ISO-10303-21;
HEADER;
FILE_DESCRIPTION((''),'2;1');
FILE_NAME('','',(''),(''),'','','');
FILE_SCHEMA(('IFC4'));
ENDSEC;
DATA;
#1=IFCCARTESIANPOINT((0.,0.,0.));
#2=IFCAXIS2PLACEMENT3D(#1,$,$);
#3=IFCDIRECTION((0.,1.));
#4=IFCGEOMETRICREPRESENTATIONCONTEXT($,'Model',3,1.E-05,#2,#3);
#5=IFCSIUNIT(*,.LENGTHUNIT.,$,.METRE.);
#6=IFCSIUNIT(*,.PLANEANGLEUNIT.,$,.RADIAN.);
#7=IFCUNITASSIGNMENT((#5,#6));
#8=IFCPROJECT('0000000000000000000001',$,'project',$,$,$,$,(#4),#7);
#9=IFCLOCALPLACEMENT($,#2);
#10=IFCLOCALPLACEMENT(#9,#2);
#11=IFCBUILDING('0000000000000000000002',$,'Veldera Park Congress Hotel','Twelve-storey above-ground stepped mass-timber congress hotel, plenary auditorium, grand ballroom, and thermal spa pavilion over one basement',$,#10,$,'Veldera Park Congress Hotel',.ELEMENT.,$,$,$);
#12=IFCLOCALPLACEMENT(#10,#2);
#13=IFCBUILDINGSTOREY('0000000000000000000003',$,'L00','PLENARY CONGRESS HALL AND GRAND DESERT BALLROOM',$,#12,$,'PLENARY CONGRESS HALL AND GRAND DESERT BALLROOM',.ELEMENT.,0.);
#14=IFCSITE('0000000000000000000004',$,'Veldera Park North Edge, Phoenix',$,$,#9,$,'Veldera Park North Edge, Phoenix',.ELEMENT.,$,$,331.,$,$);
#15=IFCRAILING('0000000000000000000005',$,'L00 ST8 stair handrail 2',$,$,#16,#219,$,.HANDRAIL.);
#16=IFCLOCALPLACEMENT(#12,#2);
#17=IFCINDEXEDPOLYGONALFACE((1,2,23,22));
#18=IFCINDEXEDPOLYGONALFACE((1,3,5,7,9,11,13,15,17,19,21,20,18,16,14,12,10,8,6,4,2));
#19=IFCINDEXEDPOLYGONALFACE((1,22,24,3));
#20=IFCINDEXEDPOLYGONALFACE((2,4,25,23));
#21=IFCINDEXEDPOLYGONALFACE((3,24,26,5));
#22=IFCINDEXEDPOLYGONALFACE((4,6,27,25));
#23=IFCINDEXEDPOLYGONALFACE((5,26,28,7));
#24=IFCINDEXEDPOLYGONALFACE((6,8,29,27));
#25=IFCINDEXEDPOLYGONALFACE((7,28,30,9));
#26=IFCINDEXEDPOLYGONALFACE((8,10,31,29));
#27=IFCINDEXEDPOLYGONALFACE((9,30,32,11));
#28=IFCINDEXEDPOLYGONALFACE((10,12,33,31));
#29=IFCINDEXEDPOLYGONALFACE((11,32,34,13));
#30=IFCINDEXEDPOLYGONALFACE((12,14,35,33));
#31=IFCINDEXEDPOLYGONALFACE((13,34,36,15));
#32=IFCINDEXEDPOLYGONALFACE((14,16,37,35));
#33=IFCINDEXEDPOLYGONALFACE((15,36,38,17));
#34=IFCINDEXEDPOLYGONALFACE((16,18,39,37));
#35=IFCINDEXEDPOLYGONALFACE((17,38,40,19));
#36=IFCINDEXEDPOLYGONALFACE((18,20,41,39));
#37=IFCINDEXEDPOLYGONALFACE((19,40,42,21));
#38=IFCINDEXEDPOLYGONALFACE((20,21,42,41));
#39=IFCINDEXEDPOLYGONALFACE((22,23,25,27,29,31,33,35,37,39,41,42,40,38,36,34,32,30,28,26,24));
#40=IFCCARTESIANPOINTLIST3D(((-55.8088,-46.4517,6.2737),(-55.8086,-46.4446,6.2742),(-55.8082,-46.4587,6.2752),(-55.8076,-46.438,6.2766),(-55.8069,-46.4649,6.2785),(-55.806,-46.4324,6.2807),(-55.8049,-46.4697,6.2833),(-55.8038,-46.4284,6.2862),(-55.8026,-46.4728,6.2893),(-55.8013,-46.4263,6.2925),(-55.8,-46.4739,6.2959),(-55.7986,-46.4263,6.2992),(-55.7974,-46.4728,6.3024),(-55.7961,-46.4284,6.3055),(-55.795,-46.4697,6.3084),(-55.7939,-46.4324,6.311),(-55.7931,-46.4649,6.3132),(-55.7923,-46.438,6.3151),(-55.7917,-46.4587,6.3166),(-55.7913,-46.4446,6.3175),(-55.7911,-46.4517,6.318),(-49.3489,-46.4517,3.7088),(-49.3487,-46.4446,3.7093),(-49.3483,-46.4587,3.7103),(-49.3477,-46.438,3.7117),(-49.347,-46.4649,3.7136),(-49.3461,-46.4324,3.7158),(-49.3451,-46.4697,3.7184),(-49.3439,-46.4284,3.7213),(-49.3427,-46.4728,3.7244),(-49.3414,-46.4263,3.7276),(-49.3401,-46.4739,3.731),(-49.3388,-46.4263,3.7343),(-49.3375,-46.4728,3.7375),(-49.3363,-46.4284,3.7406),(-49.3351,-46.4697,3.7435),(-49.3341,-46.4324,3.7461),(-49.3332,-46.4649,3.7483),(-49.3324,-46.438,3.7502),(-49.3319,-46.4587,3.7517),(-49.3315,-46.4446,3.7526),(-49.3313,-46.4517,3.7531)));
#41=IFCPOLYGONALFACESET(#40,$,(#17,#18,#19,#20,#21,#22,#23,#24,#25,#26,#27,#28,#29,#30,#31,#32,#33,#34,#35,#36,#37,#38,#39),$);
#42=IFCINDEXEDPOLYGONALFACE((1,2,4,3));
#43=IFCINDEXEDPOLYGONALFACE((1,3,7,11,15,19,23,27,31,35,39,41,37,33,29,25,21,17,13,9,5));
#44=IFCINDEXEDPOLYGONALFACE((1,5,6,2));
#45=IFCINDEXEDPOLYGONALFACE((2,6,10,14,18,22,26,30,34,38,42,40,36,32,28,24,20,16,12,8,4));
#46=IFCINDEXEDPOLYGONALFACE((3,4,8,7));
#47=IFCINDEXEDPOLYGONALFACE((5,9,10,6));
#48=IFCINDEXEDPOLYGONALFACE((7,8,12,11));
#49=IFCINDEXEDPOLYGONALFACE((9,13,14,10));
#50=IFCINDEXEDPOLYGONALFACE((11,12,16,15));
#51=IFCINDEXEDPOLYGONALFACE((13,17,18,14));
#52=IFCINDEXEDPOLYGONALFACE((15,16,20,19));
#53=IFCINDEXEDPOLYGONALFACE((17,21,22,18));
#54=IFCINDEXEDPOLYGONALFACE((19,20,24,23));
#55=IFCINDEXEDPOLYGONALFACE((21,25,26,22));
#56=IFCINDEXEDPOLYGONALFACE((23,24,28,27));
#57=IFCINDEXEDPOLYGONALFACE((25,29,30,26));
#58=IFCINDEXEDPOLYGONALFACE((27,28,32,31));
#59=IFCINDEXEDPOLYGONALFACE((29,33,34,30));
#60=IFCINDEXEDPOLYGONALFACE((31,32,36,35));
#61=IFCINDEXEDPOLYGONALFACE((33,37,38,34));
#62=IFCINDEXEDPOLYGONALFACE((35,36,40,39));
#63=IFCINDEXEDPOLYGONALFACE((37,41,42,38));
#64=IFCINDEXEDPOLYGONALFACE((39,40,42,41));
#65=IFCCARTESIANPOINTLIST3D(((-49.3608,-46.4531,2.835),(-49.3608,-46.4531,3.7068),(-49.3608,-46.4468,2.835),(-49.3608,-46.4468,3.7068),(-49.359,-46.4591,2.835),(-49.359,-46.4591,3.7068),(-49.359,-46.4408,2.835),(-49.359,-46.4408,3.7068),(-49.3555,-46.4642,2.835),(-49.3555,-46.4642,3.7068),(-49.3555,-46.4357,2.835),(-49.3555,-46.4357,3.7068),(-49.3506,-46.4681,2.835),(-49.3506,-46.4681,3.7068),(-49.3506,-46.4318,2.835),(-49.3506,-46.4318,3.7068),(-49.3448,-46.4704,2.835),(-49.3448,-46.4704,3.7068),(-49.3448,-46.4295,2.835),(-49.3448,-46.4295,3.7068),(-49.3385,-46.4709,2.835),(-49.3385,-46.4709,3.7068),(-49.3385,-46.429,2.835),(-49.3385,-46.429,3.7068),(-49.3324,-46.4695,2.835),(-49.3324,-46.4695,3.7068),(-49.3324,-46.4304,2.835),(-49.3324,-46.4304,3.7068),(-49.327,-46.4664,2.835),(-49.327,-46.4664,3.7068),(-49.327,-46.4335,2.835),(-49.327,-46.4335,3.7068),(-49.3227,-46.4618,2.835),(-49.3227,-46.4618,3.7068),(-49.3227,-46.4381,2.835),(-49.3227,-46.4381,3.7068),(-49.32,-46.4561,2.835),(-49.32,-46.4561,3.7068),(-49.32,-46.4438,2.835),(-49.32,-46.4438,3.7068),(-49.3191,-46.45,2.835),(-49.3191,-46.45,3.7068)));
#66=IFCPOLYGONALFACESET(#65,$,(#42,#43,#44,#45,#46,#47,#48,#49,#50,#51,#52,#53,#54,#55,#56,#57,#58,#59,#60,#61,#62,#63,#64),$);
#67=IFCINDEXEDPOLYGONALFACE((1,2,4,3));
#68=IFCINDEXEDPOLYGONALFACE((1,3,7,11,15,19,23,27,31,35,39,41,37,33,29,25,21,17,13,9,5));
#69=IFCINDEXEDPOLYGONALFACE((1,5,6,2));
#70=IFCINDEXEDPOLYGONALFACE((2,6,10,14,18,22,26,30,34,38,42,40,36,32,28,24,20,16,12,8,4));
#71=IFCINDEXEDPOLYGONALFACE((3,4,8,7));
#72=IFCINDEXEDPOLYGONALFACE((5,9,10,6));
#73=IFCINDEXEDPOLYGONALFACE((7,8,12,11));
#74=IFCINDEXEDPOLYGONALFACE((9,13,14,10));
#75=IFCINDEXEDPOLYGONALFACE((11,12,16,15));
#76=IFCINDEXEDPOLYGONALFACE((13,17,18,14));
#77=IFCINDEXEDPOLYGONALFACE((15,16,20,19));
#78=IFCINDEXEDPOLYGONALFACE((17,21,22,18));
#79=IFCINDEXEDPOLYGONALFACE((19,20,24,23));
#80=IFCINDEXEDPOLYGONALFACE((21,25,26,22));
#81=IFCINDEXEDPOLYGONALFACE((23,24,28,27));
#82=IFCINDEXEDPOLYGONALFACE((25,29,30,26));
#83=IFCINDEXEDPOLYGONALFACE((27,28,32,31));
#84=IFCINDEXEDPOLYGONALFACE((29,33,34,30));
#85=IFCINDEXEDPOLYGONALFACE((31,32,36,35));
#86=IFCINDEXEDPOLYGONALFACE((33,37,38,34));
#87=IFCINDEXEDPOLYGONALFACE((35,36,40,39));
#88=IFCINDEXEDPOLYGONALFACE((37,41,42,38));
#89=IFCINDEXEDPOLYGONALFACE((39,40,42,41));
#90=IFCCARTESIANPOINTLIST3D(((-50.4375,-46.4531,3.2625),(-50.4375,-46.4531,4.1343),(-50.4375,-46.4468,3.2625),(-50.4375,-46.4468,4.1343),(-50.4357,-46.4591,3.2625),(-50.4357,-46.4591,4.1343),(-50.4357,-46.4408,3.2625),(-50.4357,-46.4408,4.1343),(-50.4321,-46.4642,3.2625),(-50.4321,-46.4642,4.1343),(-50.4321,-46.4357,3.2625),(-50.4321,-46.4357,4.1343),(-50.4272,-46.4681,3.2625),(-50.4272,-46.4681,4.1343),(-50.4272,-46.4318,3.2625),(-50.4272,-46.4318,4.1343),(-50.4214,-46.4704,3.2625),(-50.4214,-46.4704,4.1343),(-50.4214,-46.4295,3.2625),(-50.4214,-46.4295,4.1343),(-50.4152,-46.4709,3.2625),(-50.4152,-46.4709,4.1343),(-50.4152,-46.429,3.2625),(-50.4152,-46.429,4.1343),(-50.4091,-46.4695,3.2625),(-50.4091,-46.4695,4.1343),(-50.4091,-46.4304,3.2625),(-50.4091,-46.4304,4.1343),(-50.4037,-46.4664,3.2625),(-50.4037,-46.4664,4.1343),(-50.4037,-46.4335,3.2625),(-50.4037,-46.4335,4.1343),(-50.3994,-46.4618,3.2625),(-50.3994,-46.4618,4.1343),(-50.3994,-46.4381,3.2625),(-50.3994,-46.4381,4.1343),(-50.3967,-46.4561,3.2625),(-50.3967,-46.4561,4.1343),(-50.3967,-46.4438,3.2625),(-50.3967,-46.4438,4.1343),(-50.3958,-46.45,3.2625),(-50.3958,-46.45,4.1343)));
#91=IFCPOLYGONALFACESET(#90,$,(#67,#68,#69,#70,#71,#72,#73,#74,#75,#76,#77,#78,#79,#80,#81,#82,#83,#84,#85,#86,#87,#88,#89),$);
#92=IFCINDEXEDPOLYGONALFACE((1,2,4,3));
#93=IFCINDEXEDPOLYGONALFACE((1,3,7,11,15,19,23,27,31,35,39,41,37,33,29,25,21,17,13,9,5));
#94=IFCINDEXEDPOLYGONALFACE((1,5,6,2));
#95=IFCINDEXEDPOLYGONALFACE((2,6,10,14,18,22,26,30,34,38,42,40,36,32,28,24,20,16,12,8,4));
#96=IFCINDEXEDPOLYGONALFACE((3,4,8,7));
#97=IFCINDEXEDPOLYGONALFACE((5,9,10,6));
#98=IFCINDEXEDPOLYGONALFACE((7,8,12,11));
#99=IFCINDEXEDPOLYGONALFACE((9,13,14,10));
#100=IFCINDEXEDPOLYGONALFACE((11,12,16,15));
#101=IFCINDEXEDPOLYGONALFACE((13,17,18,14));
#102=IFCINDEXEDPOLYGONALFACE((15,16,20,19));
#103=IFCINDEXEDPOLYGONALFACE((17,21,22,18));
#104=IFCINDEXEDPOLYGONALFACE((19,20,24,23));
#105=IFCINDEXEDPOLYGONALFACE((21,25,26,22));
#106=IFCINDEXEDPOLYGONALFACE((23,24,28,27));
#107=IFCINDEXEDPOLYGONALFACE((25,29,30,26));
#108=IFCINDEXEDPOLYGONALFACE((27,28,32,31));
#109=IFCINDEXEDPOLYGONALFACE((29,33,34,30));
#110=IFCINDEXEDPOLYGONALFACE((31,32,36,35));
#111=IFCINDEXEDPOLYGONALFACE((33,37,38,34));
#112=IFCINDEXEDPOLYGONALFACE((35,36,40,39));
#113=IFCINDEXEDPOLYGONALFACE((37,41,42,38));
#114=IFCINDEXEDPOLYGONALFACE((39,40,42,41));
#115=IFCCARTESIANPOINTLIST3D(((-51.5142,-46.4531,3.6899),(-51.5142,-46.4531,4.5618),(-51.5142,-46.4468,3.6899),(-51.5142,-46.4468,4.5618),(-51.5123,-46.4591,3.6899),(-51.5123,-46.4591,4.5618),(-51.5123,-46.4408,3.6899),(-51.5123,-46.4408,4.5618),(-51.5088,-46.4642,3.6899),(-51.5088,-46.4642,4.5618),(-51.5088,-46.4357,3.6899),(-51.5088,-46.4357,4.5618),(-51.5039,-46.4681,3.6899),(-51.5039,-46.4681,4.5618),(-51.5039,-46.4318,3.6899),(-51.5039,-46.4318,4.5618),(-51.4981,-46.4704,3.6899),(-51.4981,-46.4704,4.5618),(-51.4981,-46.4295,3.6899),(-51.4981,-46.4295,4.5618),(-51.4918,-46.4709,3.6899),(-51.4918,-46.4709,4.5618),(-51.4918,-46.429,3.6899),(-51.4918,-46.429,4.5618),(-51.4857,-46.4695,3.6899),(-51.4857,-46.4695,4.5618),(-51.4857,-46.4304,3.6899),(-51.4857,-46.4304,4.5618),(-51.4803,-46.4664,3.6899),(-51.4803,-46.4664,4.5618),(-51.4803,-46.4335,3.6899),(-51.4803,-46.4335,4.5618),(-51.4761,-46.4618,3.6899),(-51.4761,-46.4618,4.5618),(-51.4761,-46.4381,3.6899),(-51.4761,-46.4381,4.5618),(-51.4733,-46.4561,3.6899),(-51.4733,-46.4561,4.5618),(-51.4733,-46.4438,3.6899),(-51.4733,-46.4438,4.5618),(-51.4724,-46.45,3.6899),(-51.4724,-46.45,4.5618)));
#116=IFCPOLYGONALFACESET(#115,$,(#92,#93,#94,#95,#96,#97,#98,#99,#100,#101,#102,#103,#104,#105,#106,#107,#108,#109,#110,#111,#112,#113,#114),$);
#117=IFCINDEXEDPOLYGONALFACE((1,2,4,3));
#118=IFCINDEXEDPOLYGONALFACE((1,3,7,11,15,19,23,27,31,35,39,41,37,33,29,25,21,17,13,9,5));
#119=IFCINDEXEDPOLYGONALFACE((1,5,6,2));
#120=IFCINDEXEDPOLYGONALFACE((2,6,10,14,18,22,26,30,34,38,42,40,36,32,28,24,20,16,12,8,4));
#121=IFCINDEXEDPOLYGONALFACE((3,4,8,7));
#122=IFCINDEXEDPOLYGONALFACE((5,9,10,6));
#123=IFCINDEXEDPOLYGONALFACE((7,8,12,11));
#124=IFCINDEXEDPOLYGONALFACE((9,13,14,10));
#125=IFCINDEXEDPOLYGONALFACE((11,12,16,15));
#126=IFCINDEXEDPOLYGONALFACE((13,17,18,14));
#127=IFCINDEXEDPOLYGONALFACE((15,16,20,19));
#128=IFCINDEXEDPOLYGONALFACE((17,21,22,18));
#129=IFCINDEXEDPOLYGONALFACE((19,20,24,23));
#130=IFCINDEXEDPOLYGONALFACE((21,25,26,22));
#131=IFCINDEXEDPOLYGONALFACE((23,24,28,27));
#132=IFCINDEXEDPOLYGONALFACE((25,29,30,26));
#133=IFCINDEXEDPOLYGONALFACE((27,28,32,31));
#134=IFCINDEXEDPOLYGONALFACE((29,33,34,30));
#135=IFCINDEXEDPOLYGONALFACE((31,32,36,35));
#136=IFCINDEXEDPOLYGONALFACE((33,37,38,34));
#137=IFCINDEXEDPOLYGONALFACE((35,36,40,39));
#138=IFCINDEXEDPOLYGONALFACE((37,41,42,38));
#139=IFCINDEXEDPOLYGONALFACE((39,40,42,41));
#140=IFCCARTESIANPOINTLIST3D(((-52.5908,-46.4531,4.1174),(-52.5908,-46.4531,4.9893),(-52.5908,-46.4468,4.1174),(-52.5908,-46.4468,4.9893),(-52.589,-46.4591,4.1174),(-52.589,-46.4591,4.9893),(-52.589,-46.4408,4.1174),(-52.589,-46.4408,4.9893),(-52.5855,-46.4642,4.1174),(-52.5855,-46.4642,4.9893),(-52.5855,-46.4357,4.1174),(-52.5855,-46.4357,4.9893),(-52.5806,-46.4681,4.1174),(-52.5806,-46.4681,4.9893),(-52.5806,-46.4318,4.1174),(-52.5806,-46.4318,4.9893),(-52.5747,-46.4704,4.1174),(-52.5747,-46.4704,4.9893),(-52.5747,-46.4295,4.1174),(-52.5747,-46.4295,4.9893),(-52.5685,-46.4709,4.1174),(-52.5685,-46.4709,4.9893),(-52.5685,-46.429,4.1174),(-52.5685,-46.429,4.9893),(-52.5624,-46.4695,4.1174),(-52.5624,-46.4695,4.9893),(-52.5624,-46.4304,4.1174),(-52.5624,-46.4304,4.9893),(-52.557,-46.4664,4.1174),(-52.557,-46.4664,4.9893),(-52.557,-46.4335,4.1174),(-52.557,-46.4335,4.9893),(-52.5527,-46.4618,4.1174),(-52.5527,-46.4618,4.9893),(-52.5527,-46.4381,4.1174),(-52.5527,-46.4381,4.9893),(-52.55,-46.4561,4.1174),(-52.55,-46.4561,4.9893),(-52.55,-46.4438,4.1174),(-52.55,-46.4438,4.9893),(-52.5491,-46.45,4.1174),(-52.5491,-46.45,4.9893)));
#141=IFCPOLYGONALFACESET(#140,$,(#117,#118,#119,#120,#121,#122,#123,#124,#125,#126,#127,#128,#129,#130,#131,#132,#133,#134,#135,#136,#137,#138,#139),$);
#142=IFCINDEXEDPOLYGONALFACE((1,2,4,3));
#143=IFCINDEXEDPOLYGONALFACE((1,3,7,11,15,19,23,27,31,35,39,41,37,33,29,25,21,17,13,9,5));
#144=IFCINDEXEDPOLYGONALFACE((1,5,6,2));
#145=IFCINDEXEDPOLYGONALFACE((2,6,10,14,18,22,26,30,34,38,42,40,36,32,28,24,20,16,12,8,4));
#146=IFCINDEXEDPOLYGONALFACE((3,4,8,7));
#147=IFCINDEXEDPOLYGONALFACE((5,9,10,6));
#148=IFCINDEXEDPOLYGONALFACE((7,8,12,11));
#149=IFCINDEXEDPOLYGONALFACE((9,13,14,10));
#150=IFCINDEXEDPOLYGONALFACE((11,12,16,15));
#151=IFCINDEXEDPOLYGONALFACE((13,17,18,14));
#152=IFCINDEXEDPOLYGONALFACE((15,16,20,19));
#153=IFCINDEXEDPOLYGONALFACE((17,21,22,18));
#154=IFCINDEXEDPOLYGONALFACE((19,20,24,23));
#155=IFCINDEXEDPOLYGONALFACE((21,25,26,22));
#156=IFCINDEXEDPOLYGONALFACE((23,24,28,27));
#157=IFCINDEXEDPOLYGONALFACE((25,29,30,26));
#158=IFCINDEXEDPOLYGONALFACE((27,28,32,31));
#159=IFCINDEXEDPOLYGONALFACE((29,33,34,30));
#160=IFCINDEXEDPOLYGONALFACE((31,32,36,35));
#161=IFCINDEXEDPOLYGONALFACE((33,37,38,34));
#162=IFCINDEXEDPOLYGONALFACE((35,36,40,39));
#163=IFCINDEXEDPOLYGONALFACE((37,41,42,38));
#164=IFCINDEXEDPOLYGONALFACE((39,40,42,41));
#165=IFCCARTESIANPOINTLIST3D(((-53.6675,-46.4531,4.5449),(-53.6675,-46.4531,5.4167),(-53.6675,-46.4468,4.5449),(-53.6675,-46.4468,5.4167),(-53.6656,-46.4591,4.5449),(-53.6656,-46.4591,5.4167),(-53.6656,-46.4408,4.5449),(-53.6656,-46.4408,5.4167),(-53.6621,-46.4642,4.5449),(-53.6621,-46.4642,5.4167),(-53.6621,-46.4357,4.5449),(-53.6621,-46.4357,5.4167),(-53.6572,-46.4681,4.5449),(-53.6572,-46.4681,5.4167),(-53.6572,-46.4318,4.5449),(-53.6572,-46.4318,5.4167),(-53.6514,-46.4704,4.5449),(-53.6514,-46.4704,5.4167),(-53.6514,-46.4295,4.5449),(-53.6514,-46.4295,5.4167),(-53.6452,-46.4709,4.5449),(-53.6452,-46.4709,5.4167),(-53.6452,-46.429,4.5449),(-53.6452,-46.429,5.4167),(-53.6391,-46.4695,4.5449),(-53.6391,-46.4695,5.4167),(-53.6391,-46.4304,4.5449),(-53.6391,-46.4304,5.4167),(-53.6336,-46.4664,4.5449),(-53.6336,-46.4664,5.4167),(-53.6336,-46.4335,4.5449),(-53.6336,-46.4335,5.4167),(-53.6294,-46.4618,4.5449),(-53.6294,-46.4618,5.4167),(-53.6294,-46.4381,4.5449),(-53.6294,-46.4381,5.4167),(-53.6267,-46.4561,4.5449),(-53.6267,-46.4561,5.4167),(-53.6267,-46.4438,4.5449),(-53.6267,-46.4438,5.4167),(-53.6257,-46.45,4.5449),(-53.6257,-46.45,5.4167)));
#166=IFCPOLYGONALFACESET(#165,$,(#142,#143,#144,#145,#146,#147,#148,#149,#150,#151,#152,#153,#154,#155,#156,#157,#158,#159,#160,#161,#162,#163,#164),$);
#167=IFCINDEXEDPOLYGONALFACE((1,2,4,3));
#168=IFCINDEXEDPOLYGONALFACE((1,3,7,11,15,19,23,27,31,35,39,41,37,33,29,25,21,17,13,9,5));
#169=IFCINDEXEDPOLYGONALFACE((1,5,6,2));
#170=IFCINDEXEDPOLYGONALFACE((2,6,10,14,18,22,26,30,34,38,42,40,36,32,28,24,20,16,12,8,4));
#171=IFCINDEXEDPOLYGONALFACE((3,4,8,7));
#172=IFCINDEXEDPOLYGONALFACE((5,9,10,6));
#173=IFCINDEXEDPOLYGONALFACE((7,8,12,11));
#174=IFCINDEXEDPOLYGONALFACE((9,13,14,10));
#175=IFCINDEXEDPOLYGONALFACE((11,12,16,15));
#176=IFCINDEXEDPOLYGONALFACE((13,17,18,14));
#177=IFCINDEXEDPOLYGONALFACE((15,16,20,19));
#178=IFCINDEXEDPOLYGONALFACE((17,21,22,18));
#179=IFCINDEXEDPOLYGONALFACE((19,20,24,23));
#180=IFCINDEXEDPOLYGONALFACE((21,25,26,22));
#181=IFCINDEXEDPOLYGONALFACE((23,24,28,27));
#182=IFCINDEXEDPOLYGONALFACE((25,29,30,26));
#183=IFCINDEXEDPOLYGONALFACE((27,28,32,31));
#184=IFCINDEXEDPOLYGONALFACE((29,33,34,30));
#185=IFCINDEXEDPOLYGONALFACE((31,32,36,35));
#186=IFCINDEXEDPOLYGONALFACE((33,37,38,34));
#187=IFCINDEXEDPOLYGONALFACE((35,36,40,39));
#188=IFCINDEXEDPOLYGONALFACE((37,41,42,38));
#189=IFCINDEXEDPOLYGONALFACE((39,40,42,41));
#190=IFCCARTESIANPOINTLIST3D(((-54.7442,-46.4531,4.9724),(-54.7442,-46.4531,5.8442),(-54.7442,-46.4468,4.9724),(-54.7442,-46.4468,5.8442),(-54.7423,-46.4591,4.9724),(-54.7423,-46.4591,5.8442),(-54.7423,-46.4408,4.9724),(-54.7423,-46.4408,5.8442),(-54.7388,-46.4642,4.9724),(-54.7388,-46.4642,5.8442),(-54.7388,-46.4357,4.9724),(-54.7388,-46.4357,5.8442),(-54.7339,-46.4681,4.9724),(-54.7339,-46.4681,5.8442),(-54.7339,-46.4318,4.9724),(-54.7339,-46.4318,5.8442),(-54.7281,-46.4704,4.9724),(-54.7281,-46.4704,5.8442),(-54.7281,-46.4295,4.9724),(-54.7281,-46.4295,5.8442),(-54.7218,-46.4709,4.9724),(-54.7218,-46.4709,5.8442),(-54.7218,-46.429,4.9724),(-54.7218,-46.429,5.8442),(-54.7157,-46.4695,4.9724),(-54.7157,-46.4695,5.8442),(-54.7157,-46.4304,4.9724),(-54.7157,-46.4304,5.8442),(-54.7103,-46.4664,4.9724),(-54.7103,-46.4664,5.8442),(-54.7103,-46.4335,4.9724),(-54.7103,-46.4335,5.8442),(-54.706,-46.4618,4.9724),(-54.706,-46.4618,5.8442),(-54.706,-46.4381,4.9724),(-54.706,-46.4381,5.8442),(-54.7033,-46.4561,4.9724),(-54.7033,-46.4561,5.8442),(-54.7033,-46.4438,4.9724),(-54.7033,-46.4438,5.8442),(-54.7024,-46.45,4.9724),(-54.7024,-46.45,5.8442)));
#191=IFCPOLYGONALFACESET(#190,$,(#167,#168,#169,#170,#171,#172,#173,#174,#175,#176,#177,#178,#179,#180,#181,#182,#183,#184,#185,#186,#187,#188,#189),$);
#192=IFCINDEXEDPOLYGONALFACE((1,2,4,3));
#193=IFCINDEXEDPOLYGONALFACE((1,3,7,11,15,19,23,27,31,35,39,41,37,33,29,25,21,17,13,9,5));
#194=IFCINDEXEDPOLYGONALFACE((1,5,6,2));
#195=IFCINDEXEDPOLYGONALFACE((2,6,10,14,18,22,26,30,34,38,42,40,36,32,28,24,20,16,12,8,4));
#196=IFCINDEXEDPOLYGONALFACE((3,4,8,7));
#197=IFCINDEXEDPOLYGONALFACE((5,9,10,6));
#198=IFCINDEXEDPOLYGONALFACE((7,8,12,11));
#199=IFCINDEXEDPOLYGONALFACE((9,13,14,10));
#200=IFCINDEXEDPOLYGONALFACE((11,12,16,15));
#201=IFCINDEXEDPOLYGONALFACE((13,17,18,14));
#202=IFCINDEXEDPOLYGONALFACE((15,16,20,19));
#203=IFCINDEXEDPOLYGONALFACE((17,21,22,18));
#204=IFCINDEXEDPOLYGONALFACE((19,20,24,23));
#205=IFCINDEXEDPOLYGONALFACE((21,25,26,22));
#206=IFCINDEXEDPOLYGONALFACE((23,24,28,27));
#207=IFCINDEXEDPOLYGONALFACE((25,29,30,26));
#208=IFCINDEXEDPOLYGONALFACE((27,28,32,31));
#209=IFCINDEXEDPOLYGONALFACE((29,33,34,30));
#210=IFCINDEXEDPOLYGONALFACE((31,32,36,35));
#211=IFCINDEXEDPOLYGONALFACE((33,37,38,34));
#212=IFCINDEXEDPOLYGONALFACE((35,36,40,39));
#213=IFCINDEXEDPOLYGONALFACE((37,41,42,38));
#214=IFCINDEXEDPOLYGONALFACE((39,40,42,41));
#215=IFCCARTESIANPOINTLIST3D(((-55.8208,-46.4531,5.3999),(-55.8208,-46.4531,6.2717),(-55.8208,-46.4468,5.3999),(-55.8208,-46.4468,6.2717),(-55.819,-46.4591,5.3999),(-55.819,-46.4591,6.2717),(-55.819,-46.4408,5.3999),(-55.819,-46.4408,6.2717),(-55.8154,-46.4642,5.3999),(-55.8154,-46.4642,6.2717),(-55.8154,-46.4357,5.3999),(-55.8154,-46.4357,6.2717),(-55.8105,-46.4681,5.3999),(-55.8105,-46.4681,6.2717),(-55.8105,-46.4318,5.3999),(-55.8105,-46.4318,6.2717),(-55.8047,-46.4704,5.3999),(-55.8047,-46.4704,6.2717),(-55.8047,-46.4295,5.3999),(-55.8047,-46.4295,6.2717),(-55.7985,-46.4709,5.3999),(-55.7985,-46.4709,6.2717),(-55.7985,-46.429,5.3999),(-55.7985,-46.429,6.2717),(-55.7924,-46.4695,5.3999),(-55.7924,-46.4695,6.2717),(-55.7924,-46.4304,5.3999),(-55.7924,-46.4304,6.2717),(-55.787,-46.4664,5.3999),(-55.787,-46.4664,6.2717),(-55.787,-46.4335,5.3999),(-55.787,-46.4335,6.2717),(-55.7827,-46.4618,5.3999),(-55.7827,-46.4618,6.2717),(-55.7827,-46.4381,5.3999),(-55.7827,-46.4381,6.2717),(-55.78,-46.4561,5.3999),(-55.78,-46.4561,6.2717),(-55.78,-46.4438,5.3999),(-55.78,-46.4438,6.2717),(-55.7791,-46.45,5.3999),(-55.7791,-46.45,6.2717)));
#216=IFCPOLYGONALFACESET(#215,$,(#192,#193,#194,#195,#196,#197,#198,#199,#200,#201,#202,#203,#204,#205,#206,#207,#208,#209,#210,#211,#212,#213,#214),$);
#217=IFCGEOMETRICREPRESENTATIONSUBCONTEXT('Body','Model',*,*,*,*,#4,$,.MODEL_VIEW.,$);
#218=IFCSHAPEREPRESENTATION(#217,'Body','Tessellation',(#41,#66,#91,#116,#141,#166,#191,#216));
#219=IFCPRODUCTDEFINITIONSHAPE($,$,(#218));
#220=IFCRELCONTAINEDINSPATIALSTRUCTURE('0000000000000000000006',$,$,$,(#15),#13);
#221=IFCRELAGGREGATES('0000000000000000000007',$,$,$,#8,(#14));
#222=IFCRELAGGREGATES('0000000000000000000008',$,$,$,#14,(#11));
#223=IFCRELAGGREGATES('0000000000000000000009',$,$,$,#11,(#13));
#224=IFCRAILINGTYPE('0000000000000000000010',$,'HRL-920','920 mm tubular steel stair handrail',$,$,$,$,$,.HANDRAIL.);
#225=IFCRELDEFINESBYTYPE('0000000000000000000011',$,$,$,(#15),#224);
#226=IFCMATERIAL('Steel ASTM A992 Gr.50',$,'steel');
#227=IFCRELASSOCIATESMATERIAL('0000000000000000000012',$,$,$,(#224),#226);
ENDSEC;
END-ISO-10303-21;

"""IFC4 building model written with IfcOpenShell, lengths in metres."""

from ifc_helpers import new_model, si_unit, direction, frame, origin, origin_2d, place, context, subcontext, project, spatial, circle, extrude, material, type_object, element, save


model = new_model("IFC4")

# Units and contexts
model_context = context("Model", 3, precision=1e-05, world=origin(), true_north=direction((0.0, 1.0)))
body_context = subcontext(model_context, "Body", "Model", "MODEL_VIEW")
ifc_project = project(units=[si_unit("LENGTHUNIT", "METRE"), si_unit("PLANEANGLEUNIT", "RADIAN")], contexts=[model_context])

# Site, building, storey
site_placement = place(None, origin())
site = spatial("IfcSite", under=ifc_project, at=site_placement, Name="Veldera Park North Edge, Phoenix", LongName="Veldera Park North Edge, Phoenix", CompositionType="ELEMENT", RefElevation=331.0)
building_placement = place(site_placement, origin())
building = spatial("IfcBuilding", under=site, at=building_placement, Name="Veldera Park Congress Hotel", Description="Twelve-storey above-ground stepped mass-timber congress hotel, plenary auditorium, grand ballroom, and thermal spa pavilion over one basement", LongName="Veldera Park Congress Hotel", CompositionType="ELEMENT")
storey_placement = place(building_placement, origin())
storey = spatial("IfcBuildingStorey", under=building, at=storey_placement, Name="L00", Description="PLENARY CONGRESS HALL AND GRAND DESERT BALLROOM", LongName="PLENARY CONGRESS HALL AND GRAND DESERT BALLROOM", CompositionType="ELEMENT", Elevation=0.0)

# Shared definitions
ifc_material_1 = material(Name="Steel ASTM A992 Gr.50", Category="steel")

# Railing
railing_type_1 = type_object("IfcRailingType", Name="HRL-920", Description="920 mm tubular steel stair handrail", PredefinedType="HANDRAIL", material=ifc_material_1)
railing_1_placement = place(storey_placement, frame((-49.3401, -46.45, 2.835)))
element("IfcRailing", 1, at=railing_1_placement, inside=storey, type_object=railing_type_1, Name="L00 ST8 stair handrail 2", PredefinedType="HANDRAIL", context=body_context, shape_type="SweptSolid", body=[
    extrude(circle(Radius=0.0239, at=origin_2d()), frame((0.0, 0.0, 0.896), z_axis=(-0.929418, 0.0, 0.369028), x_axis=(0.0, -1.0, 0.0)), (0.0, 0.0, 1.0), 6.9504),
    extrude(circle(Radius=0.021, at=origin_2d()), origin(), (0.0, 0.0, 1.0), 0.8718),
    extrude(circle(Radius=0.021, at=origin_2d()), frame((-1.0767, 0.0, 0.4275)), (0.0, 0.0, 1.0), 0.8718),
    extrude(circle(Radius=0.021, at=origin_2d()), frame((-2.1533, 0.0, 0.855)), (0.0, 0.0, 1.0), 0.8718),
    extrude(circle(Radius=0.021, at=origin_2d()), frame((-3.23, 0.0, 1.2825)), (0.0, 0.0, 1.0), 0.8718),
    extrude(circle(Radius=0.021, at=origin_2d()), frame((-4.3066, 0.0, 1.71)), (0.0, 0.0, 1.0), 0.8718),
    extrude(circle(Radius=0.021, at=origin_2d()), frame((-5.3833, 0.0, 2.1375)), (0.0, 0.0, 1.0), 0.8718),
    extrude(circle(Radius=0.021, at=origin_2d()), frame((-6.46, 0.0, 2.5649)), (0.0, 0.0, 1.0), 0.8718),
])

save(model, "model.ifc")
